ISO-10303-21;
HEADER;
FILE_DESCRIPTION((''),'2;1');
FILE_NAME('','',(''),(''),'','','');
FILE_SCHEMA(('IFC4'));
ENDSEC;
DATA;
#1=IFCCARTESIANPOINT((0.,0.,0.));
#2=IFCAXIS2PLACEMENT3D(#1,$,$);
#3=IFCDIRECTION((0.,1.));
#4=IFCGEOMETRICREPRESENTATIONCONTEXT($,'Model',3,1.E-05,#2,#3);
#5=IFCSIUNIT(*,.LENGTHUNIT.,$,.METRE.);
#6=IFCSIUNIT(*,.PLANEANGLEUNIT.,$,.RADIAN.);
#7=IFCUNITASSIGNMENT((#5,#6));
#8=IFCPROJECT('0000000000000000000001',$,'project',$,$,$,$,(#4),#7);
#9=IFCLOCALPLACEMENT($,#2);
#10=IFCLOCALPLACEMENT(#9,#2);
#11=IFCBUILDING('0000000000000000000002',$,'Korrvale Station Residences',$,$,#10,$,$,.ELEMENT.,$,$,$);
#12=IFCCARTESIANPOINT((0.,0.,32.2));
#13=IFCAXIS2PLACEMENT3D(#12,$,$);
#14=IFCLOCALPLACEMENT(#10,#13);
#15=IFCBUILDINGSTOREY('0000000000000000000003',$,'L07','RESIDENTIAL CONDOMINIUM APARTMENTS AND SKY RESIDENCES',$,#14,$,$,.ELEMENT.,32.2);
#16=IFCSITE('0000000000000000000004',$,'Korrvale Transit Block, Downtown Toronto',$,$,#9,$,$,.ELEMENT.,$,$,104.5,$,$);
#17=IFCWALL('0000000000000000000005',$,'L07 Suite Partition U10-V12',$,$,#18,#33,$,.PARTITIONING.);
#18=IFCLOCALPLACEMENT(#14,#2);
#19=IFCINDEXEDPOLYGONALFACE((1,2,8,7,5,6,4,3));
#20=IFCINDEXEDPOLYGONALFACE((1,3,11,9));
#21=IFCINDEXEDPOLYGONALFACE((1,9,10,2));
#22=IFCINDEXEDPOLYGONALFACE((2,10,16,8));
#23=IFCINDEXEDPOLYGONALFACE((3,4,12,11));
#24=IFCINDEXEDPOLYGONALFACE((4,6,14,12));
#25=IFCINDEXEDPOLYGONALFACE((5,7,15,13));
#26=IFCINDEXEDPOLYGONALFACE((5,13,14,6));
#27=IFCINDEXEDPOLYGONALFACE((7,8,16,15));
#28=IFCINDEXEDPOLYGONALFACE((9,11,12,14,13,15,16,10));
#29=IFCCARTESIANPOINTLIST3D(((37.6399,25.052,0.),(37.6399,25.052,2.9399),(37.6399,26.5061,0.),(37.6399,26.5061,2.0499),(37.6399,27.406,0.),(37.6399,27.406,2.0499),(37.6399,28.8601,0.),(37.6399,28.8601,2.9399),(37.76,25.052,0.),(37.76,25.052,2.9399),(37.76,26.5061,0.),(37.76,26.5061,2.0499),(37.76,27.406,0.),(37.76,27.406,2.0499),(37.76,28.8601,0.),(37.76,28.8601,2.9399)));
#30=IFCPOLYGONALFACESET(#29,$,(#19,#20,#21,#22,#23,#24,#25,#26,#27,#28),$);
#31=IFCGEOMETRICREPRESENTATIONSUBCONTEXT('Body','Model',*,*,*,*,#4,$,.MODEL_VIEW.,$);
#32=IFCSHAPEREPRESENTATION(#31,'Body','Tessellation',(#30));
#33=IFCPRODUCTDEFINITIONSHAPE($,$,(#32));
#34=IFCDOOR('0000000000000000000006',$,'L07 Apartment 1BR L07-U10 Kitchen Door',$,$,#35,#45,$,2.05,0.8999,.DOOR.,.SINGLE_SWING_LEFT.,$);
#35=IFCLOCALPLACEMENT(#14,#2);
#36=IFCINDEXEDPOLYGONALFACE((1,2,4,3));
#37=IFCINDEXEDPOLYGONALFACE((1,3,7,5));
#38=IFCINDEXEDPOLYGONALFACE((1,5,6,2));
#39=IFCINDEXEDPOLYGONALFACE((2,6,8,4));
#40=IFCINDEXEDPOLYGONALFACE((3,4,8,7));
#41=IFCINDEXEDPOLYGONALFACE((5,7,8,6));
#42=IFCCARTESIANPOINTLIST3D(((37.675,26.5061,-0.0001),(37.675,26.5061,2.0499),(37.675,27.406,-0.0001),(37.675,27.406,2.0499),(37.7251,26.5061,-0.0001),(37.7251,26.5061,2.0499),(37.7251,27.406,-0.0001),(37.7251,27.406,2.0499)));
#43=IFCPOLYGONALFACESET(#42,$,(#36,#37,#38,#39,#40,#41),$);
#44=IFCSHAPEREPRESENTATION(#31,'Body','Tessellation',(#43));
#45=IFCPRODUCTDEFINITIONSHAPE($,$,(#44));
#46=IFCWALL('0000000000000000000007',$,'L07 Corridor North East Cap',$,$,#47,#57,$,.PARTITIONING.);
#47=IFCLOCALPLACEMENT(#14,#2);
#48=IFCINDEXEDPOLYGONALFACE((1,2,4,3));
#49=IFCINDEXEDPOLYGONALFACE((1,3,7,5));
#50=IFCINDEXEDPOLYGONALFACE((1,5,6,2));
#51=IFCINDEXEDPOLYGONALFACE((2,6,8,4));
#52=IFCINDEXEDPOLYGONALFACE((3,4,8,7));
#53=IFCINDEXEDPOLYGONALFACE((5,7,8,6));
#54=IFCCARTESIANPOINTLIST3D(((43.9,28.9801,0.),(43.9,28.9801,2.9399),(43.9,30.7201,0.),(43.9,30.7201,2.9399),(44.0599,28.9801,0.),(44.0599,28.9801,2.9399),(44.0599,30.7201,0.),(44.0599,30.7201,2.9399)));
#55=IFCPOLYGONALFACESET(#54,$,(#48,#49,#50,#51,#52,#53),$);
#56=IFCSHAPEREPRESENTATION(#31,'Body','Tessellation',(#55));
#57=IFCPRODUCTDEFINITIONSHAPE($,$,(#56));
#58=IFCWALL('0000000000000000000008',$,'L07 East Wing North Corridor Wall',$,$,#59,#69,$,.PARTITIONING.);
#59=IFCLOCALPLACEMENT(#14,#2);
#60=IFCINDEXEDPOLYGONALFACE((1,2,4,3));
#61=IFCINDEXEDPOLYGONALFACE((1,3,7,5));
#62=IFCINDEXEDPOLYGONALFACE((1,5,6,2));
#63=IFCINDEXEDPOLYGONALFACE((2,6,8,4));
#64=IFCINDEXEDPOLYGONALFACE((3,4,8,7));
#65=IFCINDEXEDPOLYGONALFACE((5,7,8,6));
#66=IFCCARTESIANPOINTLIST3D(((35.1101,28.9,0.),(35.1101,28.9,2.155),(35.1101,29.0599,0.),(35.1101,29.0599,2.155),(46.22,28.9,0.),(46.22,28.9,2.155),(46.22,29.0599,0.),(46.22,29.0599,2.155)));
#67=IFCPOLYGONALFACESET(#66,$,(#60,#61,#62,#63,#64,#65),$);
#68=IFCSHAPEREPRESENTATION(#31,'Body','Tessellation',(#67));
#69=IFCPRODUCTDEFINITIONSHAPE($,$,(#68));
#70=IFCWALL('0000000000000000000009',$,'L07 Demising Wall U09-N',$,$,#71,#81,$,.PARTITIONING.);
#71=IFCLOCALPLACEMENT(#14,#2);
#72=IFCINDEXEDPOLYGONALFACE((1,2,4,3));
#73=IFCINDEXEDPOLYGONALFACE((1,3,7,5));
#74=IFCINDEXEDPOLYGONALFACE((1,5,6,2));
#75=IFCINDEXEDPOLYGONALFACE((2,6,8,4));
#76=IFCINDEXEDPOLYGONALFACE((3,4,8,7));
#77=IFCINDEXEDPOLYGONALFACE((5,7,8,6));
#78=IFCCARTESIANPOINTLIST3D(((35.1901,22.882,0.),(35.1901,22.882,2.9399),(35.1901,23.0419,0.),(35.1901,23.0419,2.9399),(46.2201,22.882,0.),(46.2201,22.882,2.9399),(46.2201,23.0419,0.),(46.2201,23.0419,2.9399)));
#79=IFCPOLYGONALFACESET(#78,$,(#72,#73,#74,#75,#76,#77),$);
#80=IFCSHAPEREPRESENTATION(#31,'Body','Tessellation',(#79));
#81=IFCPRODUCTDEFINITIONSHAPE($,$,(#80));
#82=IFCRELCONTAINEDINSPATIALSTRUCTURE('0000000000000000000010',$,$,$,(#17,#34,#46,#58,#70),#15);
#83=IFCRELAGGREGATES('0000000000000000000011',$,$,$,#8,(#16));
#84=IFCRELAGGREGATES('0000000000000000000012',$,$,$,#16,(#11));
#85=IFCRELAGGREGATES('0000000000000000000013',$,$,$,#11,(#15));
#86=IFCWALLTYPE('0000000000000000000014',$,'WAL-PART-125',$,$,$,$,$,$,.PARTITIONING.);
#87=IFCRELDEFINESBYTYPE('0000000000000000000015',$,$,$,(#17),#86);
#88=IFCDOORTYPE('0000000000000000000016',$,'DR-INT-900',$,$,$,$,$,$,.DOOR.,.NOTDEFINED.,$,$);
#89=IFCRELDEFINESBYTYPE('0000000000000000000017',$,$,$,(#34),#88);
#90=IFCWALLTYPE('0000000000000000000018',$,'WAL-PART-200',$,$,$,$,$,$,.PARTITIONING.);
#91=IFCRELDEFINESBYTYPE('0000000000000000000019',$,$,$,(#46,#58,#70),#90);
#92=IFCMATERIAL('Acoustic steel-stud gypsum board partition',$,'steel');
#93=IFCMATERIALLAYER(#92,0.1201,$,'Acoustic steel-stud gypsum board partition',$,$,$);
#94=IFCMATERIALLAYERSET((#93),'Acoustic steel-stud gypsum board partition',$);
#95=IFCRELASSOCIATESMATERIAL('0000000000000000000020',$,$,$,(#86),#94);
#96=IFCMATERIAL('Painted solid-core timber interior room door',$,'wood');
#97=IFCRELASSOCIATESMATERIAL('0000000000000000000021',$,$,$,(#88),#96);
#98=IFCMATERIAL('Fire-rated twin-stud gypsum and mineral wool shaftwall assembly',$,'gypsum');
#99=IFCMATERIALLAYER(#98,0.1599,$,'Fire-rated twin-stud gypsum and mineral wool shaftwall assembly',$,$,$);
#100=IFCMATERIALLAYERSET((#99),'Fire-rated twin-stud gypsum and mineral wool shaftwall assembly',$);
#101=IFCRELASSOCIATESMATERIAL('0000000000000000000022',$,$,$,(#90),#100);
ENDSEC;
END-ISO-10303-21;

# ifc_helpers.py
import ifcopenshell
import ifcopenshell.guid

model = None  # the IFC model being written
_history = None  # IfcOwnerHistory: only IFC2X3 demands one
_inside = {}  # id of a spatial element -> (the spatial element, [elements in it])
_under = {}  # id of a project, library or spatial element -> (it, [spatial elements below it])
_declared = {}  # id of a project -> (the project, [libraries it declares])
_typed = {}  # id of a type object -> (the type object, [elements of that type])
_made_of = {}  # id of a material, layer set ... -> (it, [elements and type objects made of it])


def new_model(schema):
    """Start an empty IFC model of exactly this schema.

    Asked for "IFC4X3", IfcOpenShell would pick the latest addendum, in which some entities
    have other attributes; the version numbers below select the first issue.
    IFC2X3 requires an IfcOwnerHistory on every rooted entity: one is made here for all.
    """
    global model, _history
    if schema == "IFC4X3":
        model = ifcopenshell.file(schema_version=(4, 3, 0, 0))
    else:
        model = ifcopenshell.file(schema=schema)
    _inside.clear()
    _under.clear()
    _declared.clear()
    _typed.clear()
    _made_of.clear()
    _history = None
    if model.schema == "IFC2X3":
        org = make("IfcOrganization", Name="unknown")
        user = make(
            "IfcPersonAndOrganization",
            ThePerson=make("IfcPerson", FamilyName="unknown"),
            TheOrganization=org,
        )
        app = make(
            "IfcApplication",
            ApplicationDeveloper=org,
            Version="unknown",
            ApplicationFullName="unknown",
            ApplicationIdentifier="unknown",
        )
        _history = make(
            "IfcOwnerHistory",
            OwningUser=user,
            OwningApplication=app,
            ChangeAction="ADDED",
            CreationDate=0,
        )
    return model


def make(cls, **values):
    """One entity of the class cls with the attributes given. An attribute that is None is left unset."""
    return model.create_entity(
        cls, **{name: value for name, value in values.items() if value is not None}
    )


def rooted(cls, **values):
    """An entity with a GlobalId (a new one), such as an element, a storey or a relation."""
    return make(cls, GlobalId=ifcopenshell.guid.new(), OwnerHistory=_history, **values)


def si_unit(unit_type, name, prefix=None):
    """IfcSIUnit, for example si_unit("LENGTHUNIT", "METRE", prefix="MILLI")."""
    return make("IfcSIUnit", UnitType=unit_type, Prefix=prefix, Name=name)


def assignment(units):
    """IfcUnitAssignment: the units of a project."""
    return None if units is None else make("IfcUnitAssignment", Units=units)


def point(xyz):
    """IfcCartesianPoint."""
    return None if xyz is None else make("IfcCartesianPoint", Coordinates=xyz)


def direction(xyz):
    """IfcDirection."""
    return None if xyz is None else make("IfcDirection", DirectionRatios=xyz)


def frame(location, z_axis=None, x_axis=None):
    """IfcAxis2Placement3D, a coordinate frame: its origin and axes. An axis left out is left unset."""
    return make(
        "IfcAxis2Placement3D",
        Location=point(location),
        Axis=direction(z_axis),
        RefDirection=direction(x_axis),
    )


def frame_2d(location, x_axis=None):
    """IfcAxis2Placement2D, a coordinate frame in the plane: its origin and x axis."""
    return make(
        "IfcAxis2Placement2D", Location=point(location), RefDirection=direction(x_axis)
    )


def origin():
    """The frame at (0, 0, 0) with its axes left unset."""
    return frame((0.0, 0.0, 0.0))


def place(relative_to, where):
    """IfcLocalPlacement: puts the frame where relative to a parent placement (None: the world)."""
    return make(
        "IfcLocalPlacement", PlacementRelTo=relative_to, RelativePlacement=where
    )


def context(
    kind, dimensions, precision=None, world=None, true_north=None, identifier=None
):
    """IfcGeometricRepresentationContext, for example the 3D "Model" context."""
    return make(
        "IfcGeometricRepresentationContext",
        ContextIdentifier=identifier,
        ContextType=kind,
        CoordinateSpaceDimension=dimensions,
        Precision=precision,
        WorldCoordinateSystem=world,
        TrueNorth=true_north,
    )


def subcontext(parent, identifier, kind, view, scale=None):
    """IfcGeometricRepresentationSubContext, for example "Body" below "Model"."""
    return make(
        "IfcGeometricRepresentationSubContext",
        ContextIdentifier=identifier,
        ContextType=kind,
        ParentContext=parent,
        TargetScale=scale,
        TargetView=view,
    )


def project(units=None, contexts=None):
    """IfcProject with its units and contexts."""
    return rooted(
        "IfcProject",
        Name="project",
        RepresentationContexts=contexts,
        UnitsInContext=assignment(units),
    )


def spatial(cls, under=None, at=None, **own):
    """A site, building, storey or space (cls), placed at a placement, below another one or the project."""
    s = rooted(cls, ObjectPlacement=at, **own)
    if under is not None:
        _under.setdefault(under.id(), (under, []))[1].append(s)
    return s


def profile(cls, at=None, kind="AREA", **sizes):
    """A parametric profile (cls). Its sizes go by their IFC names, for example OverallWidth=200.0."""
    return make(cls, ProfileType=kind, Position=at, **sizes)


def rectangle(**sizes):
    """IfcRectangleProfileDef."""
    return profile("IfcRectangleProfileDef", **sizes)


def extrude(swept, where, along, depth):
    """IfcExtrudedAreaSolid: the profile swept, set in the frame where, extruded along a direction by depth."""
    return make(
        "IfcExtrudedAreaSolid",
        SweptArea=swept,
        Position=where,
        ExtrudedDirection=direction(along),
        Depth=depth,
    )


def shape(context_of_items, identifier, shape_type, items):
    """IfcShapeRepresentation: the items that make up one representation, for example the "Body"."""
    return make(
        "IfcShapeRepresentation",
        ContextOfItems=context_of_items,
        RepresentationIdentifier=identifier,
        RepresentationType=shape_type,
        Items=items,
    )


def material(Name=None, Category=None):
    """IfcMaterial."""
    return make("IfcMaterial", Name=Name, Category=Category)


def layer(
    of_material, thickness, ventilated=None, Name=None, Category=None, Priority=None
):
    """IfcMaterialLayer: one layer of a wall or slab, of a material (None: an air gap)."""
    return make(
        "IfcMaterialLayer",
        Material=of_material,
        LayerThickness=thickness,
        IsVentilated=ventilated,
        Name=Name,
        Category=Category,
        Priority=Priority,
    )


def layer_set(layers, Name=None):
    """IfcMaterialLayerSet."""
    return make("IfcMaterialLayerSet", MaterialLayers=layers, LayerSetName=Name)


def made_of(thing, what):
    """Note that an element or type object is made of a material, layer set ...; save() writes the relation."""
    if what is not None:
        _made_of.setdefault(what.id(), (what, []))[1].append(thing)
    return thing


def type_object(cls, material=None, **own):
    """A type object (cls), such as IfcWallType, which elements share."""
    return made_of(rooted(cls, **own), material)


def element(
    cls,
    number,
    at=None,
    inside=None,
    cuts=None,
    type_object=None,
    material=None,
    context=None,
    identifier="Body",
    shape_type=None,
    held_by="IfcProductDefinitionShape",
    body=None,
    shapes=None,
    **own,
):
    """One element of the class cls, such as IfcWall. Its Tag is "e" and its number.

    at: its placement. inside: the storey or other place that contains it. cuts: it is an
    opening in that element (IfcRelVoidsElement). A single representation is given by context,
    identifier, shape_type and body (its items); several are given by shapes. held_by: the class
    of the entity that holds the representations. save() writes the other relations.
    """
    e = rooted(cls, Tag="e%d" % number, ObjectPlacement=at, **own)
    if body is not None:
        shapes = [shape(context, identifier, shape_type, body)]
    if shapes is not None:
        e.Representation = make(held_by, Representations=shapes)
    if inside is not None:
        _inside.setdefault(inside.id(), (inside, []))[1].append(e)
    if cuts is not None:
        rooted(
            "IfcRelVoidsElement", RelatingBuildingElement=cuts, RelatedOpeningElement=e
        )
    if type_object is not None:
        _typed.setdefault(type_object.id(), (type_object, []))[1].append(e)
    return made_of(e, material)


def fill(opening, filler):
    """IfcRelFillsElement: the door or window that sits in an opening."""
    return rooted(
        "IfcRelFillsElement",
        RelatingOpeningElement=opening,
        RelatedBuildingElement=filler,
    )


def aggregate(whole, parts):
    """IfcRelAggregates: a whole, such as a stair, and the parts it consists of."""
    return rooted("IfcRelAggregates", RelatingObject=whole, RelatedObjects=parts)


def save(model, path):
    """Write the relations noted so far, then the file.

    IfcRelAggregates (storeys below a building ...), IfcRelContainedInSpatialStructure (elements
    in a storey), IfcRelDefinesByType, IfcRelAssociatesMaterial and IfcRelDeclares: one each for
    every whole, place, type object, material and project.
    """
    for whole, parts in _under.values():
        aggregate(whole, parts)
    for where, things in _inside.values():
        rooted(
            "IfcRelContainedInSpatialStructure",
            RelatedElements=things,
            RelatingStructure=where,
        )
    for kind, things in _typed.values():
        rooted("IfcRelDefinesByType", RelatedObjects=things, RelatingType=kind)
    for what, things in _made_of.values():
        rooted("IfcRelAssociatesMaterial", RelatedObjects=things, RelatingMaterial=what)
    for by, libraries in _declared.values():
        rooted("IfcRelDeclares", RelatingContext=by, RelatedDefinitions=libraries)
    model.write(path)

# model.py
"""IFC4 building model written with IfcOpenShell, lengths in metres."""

from ifc_helpers import new_model, si_unit, direction, frame, frame_2d, origin, place, context, subcontext, project, spatial, rectangle, extrude, material, layer, layer_set, type_object, element, fill, save


model = new_model("IFC4")

# Units and contexts
model_context = context("Model", 3, precision=1e-05, world=origin(), true_north=direction((0.0, 1.0)))
body_context = subcontext(model_context, "Body", "Model", "MODEL_VIEW")
ifc_project = project(units=[si_unit("LENGTHUNIT", "METRE"), si_unit("PLANEANGLEUNIT", "RADIAN")], contexts=[model_context])

# Site, building, storey
site_placement = place(None, origin())
site = spatial("IfcSite", under=ifc_project, at=site_placement, Name="Korrvale Transit Block, Downtown Toronto", CompositionType="ELEMENT", RefElevation=104.5)
building_placement = place(site_placement, origin())
building = spatial("IfcBuilding", under=site, at=building_placement, Name="Korrvale Station Residences", CompositionType="ELEMENT")
storey_placement = place(building_placement, frame((0.0, 0.0, 32.2)))
storey = spatial("IfcBuildingStorey", under=building, at=storey_placement, Name="L07", Description="RESIDENTIAL CONDOMINIUM APARTMENTS AND SKY RESIDENCES", CompositionType="ELEMENT", Elevation=32.2)

# Shared definitions
ifc_material_1 = material(Name="Acoustic steel-stud gypsum board partition", Category="steel")
ifc_layer_1 = layer(ifc_material_1, 0.1201, Name="Acoustic steel-stud gypsum board partition")
ifc_layer_set_1 = layer_set([ifc_layer_1], Name="Acoustic steel-stud gypsum board partition")
wall_type_1 = type_object("IfcWallType", Name="WAL-PART-125", PredefinedType="PARTITIONING", material=ifc_layer_set_1)

# Wall, opening, door
wall_1_placement = place(storey_placement, frame((37.7, 25.052, 0.0), z_axis=(0.0, 0.0, 1.0), x_axis=(0.0, 1.0, 0.0)))
wall_1 = element("IfcWall", 1, at=wall_1_placement, inside=storey, type_object=wall_type_1, Name="L07 Suite Partition U10-V12", PredefinedType="PARTITIONING", context=body_context, shape_type="SweptSolid", body=[
    extrude(rectangle(XDim=3.8081, YDim=0.1201, at=frame_2d((1.9041, 0.0))), origin(), (0.0, 0.0, 1.0), 2.9399),
])
opening_1_placement = place(wall_1_placement, frame((1.4541, 0.0, 0.0)))
opening_1 = element("IfcOpeningElement", 2, at=opening_1_placement, cuts=wall_1, PredefinedType="OPENING", context=body_context, shape_type="SweptSolid", body=[
    extrude(rectangle(XDim=0.8999, YDim=2.05, at=frame_2d((0.45, 1.0249))), frame((0.0, 0.0701, 0.0), z_axis=(0.0, -1.0, 0.0), x_axis=(1.0, 0.0, 0.0)), (0.0, 0.0, 1.0), 0.1401),
])
ifc_material_2 = material(Name="Painted solid-core timber interior room door", Category="wood")
door_type_1 = type_object("IfcDoorType", Name="DR-INT-900", OperationType="NOTDEFINED", PredefinedType="DOOR", material=ifc_material_2)
door_1_placement = place(opening_1_placement, origin())
door_1 = element("IfcDoor", 3, at=door_1_placement, inside=storey, type_object=door_type_1, Name="L07 Apartment 1BR L07-U10 Kitchen Door", OperationType="SINGLE_SWING_LEFT", OverallHeight=2.05, OverallWidth=0.8999, PredefinedType="DOOR", context=body_context, shape_type="SweptSolid", body=[
    extrude(rectangle(XDim=0.8999, YDim=2.05, at=frame_2d((0.45, 1.0249))), frame((0.0, 0.0249, 0.0), z_axis=(0.0, -1.0, 0.0), x_axis=(1.0, 0.0, 0.0)), (0.0, 0.0, 1.0), 0.05),
])
fill(opening_1, door_1)

# Walls
ifc_material_3 = material(Name="Fire-rated twin-stud gypsum and mineral wool shaftwall assembly", Category="gypsum")
ifc_layer_2 = layer(ifc_material_3, 0.1599, Name="Fire-rated twin-stud gypsum and mineral wool shaftwall assembly")
ifc_layer_set_2 = layer_set([ifc_layer_2], Name="Fire-rated twin-stud gypsum and mineral wool shaftwall assembly")
wall_type_2 = type_object("IfcWallType", Name="WAL-PART-200", PredefinedType="PARTITIONING", material=ifc_layer_set_2)
wall_2_placement = place(storey_placement, frame((43.98, 28.98, 0.0), z_axis=(0.0, 0.0, 1.0), x_axis=(0.0, 1.0, 0.0)))
element("IfcWall", 4, at=wall_2_placement, inside=storey, type_object=wall_type_2, Name="L07 Corridor North East Cap", PredefinedType="PARTITIONING", context=body_context, shape_type="SweptSolid", body=[
    extrude(rectangle(XDim=1.74, YDim=0.1599, at=frame_2d((0.8701, 0.0))), origin(), (0.0, 0.0, 1.0), 2.9399),
])
wall_3_placement = place(storey_placement, frame((35.1101, 28.98, 0.0), z_axis=(0.0, 0.0, 1.0), x_axis=(1.0, 0.0, 0.0)))
element("IfcWall", 5, at=wall_3_placement, inside=storey, type_object=wall_type_2, Name="L07 East Wing North Corridor Wall", PredefinedType="PARTITIONING", context=body_context, shape_type="SweptSolid", body=[
    extrude(rectangle(XDim=11.1099, YDim=0.1599, at=frame_2d((5.5549, 0.0))), origin(), (0.0, 0.0, 1.0), 2.155),
])
wall_4_placement = place(storey_placement, frame((35.1899, 22.9619, 0.0), z_axis=(0.0, 0.0, 1.0), x_axis=(1.0, 0.0, 0.0)))
element("IfcWall", 6, at=wall_4_placement, inside=storey, type_object=wall_type_2, Name="L07 Demising Wall U09-N", PredefinedType="PARTITIONING", context=body_context, shape_type="SweptSolid", body=[
    extrude(rectangle(XDim=11.03, YDim=0.1599, at=frame_2d((5.5151, 0.0))), origin(), (0.0, 0.0, 1.0), 2.9399),
])

save(model, "model.ifc")
